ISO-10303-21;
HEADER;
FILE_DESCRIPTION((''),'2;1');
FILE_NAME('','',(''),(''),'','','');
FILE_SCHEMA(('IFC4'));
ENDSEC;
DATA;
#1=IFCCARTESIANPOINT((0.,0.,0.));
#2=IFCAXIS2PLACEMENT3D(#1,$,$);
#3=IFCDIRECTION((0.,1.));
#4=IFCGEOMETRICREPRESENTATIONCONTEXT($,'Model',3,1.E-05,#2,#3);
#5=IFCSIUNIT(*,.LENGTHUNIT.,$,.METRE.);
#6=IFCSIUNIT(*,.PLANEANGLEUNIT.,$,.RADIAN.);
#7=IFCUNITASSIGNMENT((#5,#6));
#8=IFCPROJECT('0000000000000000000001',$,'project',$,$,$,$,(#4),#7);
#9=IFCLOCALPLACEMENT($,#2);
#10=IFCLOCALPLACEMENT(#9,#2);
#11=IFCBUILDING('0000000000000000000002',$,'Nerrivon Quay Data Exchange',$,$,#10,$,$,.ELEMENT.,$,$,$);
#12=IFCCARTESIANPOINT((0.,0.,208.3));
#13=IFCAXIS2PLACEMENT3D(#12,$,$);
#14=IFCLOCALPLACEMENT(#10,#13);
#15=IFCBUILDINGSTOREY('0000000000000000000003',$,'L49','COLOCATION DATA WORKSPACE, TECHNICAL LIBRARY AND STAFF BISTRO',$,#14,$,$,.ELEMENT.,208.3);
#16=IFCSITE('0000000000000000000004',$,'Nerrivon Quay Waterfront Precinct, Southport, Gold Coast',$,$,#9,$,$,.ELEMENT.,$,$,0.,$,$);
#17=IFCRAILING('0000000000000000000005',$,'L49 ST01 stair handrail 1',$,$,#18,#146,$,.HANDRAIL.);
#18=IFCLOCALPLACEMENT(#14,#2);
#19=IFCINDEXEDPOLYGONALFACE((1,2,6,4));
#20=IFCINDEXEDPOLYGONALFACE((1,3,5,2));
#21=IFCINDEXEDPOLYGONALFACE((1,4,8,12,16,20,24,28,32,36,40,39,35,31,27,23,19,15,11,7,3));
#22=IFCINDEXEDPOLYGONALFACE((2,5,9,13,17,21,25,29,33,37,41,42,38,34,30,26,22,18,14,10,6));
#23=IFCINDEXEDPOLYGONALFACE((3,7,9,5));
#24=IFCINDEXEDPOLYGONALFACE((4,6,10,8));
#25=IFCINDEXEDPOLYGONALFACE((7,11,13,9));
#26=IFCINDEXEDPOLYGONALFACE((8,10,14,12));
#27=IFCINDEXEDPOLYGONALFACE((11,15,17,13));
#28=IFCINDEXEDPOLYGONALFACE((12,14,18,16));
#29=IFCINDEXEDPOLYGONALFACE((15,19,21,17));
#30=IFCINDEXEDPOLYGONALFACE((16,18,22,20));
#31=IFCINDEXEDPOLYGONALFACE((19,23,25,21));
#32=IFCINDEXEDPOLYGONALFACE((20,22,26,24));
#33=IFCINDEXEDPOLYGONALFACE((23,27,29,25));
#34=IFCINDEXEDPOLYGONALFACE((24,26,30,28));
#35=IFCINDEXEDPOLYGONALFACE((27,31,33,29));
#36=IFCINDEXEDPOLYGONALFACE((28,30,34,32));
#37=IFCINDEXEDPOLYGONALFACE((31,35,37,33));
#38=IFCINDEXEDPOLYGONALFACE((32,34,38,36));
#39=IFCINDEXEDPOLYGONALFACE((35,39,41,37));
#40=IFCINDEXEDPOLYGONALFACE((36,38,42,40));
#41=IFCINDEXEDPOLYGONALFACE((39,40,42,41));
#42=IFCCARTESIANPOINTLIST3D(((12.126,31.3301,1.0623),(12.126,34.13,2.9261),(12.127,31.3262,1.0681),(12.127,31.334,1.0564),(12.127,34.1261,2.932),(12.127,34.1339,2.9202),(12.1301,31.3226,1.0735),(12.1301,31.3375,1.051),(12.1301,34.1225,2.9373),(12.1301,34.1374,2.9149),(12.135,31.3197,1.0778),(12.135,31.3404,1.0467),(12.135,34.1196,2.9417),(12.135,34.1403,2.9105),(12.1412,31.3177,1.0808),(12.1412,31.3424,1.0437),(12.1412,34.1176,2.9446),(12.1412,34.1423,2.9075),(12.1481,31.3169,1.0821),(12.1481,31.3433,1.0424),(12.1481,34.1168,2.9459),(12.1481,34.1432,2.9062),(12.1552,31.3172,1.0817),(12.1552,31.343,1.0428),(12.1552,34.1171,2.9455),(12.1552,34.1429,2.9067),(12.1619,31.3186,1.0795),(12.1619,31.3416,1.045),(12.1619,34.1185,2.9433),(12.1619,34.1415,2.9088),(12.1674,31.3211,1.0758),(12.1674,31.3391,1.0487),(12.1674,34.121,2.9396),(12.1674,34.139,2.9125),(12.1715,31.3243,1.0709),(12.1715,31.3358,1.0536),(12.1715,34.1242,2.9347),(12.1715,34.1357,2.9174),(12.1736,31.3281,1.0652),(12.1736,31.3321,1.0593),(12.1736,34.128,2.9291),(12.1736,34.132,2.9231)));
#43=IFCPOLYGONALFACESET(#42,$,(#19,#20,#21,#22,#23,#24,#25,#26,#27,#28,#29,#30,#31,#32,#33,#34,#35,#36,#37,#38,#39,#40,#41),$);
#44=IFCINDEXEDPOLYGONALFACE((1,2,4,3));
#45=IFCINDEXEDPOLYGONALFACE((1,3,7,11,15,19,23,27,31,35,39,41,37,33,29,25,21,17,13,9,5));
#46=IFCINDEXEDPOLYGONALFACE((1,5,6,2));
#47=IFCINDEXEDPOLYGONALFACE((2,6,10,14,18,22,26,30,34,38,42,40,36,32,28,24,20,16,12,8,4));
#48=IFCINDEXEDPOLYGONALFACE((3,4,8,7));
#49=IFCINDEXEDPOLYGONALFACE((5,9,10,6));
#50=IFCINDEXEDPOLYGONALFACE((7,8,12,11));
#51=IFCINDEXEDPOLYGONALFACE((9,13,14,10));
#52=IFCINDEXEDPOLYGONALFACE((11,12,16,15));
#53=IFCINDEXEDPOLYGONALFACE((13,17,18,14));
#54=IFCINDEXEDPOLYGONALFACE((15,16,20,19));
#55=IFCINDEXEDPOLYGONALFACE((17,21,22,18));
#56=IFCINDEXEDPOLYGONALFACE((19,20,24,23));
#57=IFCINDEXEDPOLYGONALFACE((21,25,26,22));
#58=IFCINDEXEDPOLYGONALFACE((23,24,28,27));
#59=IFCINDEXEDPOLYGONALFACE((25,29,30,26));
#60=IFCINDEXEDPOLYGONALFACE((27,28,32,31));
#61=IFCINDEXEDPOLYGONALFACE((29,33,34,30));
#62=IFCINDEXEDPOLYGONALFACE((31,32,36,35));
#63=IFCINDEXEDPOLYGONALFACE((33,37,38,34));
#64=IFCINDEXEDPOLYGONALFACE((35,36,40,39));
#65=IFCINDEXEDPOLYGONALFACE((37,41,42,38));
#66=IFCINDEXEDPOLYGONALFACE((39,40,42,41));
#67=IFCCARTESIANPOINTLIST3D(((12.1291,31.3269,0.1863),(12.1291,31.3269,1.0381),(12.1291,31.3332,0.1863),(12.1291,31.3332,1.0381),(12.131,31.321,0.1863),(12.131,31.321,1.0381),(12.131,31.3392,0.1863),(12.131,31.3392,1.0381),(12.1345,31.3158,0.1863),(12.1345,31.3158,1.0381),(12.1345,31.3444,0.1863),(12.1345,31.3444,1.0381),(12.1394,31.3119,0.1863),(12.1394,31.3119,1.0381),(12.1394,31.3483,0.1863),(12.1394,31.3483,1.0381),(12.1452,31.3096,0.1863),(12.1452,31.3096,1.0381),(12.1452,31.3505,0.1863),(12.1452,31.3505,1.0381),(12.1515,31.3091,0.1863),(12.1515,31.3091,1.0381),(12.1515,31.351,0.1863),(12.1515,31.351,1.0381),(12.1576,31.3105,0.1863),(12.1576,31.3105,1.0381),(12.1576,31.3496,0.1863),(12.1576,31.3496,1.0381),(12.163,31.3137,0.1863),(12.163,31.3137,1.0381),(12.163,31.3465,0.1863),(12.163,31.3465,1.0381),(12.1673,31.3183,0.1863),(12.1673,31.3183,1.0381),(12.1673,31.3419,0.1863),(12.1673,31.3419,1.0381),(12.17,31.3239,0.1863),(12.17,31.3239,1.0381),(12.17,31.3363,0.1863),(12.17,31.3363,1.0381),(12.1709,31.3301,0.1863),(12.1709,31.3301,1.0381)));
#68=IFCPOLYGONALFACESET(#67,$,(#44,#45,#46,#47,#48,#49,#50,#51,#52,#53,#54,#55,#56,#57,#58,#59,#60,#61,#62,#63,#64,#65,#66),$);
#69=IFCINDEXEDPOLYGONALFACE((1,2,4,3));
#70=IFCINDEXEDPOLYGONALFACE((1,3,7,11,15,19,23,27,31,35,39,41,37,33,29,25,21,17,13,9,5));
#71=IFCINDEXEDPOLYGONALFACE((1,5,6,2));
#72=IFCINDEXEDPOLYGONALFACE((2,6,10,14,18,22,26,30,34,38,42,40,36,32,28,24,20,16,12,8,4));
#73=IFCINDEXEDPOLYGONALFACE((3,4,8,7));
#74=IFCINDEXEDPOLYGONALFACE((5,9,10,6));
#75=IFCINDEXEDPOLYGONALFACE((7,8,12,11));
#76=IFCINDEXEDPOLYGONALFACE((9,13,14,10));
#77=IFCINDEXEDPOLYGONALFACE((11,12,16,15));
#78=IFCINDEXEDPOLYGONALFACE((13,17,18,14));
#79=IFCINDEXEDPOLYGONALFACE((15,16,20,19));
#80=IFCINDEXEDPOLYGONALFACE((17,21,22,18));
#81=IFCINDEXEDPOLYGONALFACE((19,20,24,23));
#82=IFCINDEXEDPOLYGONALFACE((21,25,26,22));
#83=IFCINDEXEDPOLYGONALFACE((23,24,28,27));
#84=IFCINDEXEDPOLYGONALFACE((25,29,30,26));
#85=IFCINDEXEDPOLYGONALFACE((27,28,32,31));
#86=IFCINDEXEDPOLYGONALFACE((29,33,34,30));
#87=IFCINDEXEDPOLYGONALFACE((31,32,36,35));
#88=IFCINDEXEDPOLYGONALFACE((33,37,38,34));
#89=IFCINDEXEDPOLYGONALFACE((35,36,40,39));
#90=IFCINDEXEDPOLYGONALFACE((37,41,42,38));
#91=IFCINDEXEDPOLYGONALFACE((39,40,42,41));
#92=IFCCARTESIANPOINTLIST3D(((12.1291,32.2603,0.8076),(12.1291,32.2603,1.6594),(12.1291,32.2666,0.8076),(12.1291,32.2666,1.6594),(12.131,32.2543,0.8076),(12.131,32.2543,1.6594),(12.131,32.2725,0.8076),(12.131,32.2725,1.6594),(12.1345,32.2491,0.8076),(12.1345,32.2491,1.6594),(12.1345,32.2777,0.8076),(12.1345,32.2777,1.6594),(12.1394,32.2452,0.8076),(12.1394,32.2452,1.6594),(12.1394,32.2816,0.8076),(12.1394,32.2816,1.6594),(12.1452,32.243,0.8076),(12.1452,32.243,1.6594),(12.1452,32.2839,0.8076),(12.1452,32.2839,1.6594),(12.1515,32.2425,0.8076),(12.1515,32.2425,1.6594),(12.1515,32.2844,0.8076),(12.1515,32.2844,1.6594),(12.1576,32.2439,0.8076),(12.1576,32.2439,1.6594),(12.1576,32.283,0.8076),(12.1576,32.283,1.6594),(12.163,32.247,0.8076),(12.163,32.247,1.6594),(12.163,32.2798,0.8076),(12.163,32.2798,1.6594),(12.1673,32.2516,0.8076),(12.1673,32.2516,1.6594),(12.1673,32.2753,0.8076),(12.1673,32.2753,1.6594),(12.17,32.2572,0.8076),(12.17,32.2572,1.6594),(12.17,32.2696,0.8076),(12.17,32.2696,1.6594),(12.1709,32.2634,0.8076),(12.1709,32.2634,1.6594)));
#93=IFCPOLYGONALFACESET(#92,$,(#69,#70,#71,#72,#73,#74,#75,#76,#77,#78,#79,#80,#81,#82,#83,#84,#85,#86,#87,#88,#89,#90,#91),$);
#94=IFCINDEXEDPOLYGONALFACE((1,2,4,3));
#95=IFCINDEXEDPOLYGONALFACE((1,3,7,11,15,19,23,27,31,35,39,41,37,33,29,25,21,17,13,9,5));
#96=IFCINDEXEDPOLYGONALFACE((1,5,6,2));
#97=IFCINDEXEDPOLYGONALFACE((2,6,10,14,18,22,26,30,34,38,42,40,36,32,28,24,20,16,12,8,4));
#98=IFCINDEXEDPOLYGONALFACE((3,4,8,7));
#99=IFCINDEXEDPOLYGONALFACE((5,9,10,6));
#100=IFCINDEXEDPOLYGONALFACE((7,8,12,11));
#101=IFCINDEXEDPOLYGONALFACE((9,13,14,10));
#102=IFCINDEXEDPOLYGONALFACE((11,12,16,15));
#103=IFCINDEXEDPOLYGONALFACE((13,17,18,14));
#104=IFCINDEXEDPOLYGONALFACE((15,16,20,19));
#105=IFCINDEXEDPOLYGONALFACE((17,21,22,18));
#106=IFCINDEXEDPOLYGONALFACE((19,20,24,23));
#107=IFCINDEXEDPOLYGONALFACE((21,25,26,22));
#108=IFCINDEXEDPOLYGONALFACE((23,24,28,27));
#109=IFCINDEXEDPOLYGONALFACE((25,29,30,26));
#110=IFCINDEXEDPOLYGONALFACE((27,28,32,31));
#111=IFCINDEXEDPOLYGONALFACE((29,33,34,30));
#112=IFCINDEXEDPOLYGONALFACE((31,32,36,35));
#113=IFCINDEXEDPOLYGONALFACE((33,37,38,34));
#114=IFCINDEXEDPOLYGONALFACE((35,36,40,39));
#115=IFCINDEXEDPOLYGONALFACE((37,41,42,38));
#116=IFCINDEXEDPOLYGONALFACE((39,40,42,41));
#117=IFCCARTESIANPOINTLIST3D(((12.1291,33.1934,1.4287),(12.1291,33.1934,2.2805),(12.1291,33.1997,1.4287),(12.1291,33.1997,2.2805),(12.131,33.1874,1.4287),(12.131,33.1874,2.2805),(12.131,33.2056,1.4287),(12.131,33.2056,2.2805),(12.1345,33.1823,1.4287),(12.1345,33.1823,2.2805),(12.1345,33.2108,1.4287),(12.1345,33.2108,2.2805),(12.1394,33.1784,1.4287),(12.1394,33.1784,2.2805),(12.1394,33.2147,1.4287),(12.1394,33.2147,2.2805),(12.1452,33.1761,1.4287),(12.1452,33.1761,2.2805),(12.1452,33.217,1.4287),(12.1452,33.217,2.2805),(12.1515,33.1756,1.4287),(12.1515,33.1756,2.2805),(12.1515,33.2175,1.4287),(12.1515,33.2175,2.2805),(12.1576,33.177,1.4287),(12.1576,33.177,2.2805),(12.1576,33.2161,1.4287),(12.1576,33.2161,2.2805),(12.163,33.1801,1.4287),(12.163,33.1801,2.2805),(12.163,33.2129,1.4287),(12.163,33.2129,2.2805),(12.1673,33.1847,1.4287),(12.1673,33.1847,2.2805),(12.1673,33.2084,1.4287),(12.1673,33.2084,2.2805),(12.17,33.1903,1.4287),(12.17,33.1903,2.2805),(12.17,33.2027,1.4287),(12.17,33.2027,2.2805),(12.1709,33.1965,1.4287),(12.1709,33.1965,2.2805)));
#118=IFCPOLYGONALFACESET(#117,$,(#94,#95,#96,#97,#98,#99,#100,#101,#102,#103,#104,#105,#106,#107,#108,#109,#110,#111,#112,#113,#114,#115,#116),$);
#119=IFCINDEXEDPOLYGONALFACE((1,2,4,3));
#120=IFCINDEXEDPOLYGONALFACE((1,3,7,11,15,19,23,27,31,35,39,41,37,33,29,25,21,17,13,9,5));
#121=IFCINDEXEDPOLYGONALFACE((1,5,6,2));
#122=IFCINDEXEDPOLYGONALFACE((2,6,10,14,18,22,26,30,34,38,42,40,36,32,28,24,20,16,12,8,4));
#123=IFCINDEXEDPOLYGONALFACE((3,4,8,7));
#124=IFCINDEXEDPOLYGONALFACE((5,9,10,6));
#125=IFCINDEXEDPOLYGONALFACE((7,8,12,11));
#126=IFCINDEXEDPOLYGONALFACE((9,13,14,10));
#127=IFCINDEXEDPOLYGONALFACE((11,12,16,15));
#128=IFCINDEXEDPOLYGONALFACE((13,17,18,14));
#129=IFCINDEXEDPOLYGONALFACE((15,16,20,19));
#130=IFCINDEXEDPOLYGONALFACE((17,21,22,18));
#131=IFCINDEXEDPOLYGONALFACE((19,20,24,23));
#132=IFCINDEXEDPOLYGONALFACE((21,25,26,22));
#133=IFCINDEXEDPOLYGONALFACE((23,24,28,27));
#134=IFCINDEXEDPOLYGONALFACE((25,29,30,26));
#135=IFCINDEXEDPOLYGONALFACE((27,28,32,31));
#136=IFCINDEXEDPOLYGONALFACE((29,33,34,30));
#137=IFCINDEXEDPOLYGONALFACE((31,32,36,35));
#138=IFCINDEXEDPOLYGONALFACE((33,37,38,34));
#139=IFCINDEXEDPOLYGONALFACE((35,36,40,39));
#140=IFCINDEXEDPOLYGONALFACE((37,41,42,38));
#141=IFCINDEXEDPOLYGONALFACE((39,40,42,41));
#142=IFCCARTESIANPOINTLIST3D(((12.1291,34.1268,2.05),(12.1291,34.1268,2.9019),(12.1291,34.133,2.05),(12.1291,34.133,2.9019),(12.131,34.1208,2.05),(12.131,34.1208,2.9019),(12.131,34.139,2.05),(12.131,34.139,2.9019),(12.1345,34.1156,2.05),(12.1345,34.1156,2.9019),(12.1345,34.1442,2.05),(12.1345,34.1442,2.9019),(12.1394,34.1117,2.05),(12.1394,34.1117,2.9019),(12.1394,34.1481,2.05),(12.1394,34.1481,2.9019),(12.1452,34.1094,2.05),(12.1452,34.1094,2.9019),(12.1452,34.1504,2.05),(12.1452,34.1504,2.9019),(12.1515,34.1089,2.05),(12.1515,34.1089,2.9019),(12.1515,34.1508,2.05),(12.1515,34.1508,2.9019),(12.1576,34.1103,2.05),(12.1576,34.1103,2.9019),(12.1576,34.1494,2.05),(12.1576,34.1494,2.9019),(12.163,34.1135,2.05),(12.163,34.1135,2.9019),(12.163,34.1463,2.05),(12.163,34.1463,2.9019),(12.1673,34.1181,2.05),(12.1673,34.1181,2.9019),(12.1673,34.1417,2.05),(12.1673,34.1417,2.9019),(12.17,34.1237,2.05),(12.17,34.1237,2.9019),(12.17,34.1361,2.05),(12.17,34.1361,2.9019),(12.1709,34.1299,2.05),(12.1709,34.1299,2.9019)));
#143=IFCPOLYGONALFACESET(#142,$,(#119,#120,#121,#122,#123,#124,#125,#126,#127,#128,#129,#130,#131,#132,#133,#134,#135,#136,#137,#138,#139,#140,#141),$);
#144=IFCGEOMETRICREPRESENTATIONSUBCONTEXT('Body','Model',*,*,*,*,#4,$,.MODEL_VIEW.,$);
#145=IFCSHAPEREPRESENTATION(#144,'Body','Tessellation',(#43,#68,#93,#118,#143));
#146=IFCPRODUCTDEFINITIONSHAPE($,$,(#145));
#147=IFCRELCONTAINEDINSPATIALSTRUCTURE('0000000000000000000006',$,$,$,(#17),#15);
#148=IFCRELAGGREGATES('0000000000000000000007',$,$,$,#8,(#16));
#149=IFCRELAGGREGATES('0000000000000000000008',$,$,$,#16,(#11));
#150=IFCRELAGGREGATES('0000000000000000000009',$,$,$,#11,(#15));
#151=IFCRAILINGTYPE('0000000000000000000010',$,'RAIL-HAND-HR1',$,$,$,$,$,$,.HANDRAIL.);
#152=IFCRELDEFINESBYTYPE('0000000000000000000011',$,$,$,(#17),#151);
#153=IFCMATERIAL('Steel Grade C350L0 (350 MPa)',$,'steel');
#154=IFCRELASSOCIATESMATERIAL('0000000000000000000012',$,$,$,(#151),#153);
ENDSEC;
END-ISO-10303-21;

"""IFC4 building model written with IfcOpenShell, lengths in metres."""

from ifc_helpers import new_model, si_unit, direction, frame, origin, origin_2d, place, context, subcontext, project, spatial, circle, extrude, material, type_object, element, save


model = new_model("IFC4")

# Units and contexts
model_context = context("Model", 3, precision=1e-05, world=origin(), true_north=direction((0.0, 1.0)))
body_context = subcontext(model_context, "Body", "Model", "MODEL_VIEW")
ifc_project = project(units=[si_unit("LENGTHUNIT", "METRE"), si_unit("PLANEANGLEUNIT", "RADIAN")], contexts=[model_context])

# Site, building, storey
site_placement = place(None, origin())
site = spatial("IfcSite", under=ifc_project, at=site_placement, Name="Nerrivon Quay Waterfront Precinct, Southport, Gold Coast", CompositionType="ELEMENT", RefElevation=0.0)
building_placement = place(site_placement, origin())
building = spatial("IfcBuilding", under=site, at=building_placement, Name="Nerrivon Quay Data Exchange", CompositionType="ELEMENT")
storey_placement = place(building_placement, frame((0.0, 0.0, 208.3)))
storey = spatial("IfcBuildingStorey", under=building, at=storey_placement, Name="L49", Description="COLOCATION DATA WORKSPACE, TECHNICAL LIBRARY AND STAFF BISTRO", CompositionType="ELEMENT", Elevation=208.3)

# Railing
ifc_material_1 = material(Name="Steel Grade C350L0 (350 MPa)", Category="steel")
railing_type_1 = type_object("IfcRailingType", Name="RAIL-HAND-HR1", PredefinedType="HANDRAIL", material=ifc_material_1)
railing_1_placement = place(storey_placement, frame((12.1499, 31.3301, 0.1863)))
element("IfcRailing", 1, at=railing_1_placement, inside=storey, type_object=railing_type_1, Name="L49 ST01 stair handrail 1", PredefinedType="HANDRAIL", context=body_context, shape_type="SweptSolid", body=[
    extrude(circle(Radius=0.0239, at=origin_2d()), frame((0.0, 0.0, 0.876), z_axis=(0.0, 0.83243, 0.554131), x_axis=(-1.0, 0.0, 0.0)), (0.0, 0.0, 1.0), 3.3635),
    extrude(circle(Radius=0.021, at=origin_2d()), origin(), (0.0, 0.0, 1.0), 0.8518),
    extrude(circle(Radius=0.021, at=origin_2d()), frame((0.0, 0.9333, 0.6213)), (0.0, 0.0, 1.0), 0.8518),
    extrude(circle(Radius=0.021, at=origin_2d()), frame((0.0, 1.8665, 1.2424)), (0.0, 0.0, 1.0), 0.8518),
    extrude(circle(Radius=0.021, at=origin_2d()), frame((0.0, 2.7998, 1.8638)), (0.0, 0.0, 1.0), 0.8518),
])

save(model, "model.ifc")
